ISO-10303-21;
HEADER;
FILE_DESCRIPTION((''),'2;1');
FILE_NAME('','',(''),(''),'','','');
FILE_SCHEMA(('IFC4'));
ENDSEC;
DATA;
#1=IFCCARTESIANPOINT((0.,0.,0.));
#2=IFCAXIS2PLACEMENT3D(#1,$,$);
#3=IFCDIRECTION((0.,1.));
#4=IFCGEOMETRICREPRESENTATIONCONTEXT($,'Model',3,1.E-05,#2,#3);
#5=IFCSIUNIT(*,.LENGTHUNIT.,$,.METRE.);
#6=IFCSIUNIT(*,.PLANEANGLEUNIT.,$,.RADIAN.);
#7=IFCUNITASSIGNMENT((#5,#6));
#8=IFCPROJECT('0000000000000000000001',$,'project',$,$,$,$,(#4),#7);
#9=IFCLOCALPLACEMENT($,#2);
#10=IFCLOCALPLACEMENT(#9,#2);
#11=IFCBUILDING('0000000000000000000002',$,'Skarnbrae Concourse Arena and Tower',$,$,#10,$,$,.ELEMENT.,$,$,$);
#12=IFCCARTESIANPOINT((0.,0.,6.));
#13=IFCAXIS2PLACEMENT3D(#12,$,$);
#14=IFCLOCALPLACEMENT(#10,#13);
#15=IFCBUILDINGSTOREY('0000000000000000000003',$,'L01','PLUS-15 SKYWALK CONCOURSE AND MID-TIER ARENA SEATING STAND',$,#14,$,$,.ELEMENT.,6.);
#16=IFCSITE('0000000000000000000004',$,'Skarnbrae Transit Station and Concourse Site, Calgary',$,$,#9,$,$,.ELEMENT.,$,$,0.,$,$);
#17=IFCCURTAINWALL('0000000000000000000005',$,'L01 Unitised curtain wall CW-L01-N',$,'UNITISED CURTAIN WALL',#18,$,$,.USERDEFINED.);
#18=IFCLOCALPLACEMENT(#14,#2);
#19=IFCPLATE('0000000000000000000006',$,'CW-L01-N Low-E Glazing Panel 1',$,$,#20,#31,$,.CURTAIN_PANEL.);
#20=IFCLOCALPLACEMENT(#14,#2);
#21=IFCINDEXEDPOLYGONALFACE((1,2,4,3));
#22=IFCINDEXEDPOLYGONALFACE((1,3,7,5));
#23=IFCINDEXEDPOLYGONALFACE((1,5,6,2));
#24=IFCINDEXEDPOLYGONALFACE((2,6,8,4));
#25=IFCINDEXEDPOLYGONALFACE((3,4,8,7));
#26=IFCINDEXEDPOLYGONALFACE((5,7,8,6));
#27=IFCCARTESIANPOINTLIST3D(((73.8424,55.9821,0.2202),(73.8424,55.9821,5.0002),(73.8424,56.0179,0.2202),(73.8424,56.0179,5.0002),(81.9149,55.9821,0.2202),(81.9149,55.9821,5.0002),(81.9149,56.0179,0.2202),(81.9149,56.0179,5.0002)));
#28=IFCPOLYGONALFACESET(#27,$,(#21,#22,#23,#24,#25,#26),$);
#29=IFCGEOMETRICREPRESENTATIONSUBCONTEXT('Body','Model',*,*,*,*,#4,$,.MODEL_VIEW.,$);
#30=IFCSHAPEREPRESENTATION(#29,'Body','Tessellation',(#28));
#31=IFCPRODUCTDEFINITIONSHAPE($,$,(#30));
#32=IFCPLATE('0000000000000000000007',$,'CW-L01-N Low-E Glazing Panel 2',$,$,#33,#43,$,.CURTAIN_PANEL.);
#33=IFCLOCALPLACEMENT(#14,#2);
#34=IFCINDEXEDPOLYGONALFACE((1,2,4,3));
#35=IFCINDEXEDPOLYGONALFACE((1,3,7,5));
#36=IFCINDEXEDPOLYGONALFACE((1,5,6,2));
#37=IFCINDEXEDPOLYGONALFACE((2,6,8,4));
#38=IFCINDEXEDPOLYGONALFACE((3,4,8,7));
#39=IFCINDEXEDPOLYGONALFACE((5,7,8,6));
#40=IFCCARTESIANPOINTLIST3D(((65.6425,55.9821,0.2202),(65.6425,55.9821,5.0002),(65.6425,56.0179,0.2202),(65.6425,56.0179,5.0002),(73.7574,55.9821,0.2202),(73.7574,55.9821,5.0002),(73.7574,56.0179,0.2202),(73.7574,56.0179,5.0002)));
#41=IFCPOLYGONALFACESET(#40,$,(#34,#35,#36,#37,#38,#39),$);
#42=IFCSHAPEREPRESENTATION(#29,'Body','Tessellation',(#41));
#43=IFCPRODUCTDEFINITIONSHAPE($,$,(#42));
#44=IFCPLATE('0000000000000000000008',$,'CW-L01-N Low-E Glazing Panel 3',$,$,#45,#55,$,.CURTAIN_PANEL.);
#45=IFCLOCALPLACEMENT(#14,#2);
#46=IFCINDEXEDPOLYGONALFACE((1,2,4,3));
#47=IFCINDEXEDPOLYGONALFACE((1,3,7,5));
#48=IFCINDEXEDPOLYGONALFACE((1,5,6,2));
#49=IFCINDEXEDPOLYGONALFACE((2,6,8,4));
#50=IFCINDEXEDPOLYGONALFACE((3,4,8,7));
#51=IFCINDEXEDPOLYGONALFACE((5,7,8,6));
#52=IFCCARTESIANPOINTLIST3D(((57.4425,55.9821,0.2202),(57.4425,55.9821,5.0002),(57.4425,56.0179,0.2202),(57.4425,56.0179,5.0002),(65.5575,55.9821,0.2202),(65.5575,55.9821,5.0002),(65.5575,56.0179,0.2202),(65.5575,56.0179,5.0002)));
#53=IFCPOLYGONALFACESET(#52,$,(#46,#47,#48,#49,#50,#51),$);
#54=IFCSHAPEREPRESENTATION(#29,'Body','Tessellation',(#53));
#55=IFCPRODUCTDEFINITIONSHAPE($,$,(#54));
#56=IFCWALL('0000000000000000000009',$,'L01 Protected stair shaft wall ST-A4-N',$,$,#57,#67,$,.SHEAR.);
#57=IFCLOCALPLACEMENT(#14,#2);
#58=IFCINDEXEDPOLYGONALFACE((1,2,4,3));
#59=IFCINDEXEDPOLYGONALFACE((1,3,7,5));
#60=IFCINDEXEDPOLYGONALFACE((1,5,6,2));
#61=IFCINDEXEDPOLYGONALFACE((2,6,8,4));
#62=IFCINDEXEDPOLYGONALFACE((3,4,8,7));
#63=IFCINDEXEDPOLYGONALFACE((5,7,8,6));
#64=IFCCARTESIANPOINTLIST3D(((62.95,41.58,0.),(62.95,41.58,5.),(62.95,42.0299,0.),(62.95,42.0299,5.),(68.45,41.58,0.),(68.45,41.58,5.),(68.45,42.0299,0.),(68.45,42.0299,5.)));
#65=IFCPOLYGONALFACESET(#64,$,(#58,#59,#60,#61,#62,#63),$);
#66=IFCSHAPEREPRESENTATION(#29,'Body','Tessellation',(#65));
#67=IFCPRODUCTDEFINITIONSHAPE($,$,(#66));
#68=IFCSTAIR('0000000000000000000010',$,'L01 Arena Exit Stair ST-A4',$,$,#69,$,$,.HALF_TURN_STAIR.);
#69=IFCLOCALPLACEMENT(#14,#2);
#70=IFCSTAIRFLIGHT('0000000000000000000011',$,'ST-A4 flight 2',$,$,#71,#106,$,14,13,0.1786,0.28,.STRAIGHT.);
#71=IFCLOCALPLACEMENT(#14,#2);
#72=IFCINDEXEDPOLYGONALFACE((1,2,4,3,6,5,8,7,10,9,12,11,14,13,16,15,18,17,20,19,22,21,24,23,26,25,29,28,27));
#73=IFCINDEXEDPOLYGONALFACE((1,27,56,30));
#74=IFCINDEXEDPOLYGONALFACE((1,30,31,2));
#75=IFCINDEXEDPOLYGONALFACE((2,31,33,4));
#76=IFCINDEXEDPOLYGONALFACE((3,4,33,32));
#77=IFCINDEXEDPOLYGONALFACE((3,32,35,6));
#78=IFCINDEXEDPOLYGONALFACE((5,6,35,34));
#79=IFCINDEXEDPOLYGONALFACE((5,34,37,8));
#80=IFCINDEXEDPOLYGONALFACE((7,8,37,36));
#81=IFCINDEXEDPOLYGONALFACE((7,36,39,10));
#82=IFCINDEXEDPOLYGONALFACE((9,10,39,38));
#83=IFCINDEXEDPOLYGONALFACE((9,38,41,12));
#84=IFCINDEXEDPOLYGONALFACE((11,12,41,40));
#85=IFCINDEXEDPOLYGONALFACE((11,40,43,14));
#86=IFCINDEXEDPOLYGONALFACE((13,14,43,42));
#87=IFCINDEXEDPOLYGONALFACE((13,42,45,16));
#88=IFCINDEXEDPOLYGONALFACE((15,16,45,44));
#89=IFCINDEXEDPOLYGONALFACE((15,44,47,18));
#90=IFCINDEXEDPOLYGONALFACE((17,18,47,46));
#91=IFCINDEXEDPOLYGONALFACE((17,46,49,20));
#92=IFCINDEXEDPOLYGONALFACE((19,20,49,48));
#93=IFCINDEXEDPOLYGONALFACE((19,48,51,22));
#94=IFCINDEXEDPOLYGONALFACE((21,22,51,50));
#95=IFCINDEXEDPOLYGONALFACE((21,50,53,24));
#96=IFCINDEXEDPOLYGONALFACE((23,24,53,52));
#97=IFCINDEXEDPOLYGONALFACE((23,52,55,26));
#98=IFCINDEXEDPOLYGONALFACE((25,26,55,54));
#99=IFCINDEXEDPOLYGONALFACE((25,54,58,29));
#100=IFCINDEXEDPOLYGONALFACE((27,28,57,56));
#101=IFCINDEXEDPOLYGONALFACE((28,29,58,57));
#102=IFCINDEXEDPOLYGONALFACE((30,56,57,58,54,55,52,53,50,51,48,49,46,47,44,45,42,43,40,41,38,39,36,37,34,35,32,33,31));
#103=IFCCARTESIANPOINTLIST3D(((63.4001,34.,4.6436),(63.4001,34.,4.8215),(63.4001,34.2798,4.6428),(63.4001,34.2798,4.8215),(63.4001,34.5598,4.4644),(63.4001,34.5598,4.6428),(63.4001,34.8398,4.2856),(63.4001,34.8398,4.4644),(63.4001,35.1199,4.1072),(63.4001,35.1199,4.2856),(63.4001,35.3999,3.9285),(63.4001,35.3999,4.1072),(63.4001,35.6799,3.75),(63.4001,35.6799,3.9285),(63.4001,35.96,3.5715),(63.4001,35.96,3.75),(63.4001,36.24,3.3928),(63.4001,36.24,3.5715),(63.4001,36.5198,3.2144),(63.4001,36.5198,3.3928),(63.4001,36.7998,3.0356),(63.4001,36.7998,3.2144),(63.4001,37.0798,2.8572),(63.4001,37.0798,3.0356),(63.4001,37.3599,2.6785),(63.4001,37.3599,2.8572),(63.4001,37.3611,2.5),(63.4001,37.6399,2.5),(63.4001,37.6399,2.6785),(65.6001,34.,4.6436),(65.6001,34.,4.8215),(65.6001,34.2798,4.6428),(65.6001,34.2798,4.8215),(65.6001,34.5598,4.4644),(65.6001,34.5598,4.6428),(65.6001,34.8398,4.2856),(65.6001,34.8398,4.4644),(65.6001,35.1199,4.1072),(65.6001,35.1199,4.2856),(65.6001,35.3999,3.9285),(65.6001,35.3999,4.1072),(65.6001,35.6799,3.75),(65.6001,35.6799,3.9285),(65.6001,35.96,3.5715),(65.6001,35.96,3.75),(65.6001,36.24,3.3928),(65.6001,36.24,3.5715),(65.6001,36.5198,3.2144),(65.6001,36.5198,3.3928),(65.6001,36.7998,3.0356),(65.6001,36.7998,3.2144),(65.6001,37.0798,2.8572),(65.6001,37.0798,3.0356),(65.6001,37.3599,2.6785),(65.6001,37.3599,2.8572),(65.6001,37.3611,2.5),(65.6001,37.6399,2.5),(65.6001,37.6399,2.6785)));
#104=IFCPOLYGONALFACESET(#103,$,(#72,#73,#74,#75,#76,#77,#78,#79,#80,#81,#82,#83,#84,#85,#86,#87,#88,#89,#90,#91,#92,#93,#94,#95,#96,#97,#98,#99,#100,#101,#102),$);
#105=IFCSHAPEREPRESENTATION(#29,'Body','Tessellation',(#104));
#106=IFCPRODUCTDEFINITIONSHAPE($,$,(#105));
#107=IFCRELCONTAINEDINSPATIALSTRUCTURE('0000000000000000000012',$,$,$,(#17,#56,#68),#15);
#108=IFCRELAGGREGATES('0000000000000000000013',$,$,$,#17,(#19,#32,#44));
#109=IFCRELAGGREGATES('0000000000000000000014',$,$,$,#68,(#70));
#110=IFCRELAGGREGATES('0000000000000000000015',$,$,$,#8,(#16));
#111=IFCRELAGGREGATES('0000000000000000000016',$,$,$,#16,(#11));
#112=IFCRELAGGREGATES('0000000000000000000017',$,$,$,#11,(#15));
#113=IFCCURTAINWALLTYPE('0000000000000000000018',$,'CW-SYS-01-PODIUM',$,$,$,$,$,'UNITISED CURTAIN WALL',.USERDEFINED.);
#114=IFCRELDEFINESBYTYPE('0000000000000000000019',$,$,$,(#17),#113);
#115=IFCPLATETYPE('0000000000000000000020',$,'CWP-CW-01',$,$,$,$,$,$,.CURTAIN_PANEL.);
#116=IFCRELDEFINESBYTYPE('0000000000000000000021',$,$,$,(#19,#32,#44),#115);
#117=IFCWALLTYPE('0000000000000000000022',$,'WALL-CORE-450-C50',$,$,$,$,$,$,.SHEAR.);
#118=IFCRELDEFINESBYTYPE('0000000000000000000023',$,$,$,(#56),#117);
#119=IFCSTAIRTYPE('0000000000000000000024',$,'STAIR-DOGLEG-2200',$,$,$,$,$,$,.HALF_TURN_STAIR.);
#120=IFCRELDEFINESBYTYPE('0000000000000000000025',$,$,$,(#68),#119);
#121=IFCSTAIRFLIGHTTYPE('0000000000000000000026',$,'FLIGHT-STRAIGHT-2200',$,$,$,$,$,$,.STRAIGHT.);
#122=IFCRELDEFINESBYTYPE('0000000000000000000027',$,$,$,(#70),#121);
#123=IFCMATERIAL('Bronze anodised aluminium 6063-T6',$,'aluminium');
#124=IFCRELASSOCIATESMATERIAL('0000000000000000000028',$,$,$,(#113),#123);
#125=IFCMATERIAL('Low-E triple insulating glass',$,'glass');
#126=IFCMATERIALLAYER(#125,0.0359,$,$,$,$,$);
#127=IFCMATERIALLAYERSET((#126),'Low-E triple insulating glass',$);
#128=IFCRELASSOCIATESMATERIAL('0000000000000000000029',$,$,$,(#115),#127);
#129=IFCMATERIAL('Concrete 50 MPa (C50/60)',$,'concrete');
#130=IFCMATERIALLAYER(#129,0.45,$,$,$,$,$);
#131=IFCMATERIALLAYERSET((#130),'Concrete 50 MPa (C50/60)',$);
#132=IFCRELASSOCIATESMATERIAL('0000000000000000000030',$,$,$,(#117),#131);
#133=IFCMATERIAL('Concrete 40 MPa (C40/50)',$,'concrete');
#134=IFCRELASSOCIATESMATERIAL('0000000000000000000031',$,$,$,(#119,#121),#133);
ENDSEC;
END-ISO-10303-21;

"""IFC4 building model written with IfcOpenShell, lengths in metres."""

from ifc_helpers import new_model, si_unit, direction, frame, frame_2d, origin, origin_2d, place, context, subcontext, project, spatial, polyline, rectangle, outline, extrude, source, transform, mapped, material, layer, layer_set, type_object, element, aggregate, save


model = new_model("IFC4")

# Units and contexts
model_context = context("Model", 3, precision=1e-05, world=origin(), true_north=direction((0.0, 1.0)))
body_context = subcontext(model_context, "Body", "Model", "MODEL_VIEW")
ifc_project = project(units=[si_unit("LENGTHUNIT", "METRE"), si_unit("PLANEANGLEUNIT", "RADIAN")], contexts=[model_context])

# Site, building, storey
site_placement = place(None, origin())
site = spatial("IfcSite", under=ifc_project, at=site_placement, Name="Skarnbrae Transit Station and Concourse Site, Calgary", CompositionType="ELEMENT", RefElevation=0.0)
building_placement = place(site_placement, origin())
building = spatial("IfcBuilding", under=site, at=building_placement, Name="Skarnbrae Concourse Arena and Tower", CompositionType="ELEMENT")
storey_placement = place(building_placement, frame((0.0, 0.0, 6.0)))
storey = spatial("IfcBuildingStorey", under=building, at=storey_placement, Name="L01", Description="PLUS-15 SKYWALK CONCOURSE AND MID-TIER ARENA SEATING STAND", CompositionType="ELEMENT", Elevation=6.0)

# Curtain wall
ifc_material_1 = material(Name="Bronze anodised aluminium 6063-T6", Category="aluminium")
curtain_wall_type = type_object("IfcCurtainWallType", Name="CW-SYS-01-PODIUM", ElementType="UNITISED CURTAIN WALL", PredefinedType="USERDEFINED", material=ifc_material_1)
curtain_wall_1_placement = place(storey_placement, origin())
curtain_wall_1 = element("IfcCurtainWall", 1, at=curtain_wall_1_placement, inside=storey, type_object=curtain_wall_type, Name="L01 Unitised curtain wall CW-L01-N", ObjectType="UNITISED CURTAIN WALL", PredefinedType="USERDEFINED")

# Plates
ifc_material_2 = material(Name="Low-E triple insulating glass", Category="glass")
ifc_layer_1 = layer(ifc_material_2, 0.0359)
ifc_layer_set_1 = layer_set([ifc_layer_1], Name="Low-E triple insulating glass")
plate_type = type_object("IfcPlateType", Name="CWP-CW-01", PredefinedType="CURTAIN_PANEL", material=ifc_layer_set_1)
shared_shape_1 = source(origin(), body_context, "Body", "SweptSolid", [
    extrude(rectangle(XDim=8.0725, YDim=0.0359, at=origin_2d()), origin(), (0.0, 0.0, 1.0), 4.78),
])
plate_1_placement = place(storey_placement, frame((77.8787, 56.0, 0.2202), z_axis=(0.0, 0.0, 1.0), x_axis=(-1.0, 0.0, 0.0)))
plate_1 = element("IfcPlate", 2, at=plate_1_placement, type_object=plate_type, Name="CW-L01-N Low-E Glazing Panel 1", PredefinedType="CURTAIN_PANEL", context=body_context, shape_type="MappedRepresentation", body=[
    mapped(shared_shape_1, transform((0.0, 0.0, 0.0))),
])
shared_shape_2 = source(origin(), body_context, "Body", "SweptSolid", [
    extrude(rectangle(XDim=8.115, YDim=0.0359, at=origin_2d()), origin(), (0.0, 0.0, 1.0), 4.78),
])
plate_2_placement = place(storey_placement, frame((69.7, 56.0, 0.2202), z_axis=(0.0, 0.0, 1.0), x_axis=(-1.0, 0.0, 0.0)))
plate_2 = element("IfcPlate", 3, at=plate_2_placement, type_object=plate_type, Name="CW-L01-N Low-E Glazing Panel 2", PredefinedType="CURTAIN_PANEL", context=body_context, shape_type="MappedRepresentation", body=[
    mapped(shared_shape_2, transform((0.0, 0.0, 0.0))),
])
plate_3_placement = place(storey_placement, frame((61.5, 56.0, 0.2202), z_axis=(0.0, 0.0, 1.0), x_axis=(-1.0, 0.0, 0.0)))
plate_3 = element("IfcPlate", 4, at=plate_3_placement, type_object=plate_type, Name="CW-L01-N Low-E Glazing Panel 3", PredefinedType="CURTAIN_PANEL", context=body_context, shape_type="MappedRepresentation", body=[
    mapped(shared_shape_2, transform((0.0, 0.0, 0.0))),
])
aggregate(curtain_wall_1, [plate_1, plate_2, plate_3])

# Wall
ifc_material_3 = material(Name="Concrete 50 MPa (C50/60)", Category="concrete")
ifc_layer_2 = layer(ifc_material_3, 0.45)
ifc_layer_set_2 = layer_set([ifc_layer_2], Name="Concrete 50 MPa (C50/60)")
wall_type = type_object("IfcWallType", Name="WALL-CORE-450-C50", PredefinedType="SHEAR", material=ifc_layer_set_2)
shared_shape_3 = source(origin(), body_context, "Body", "SweptSolid", [
    extrude(rectangle(XDim=5.5, YDim=0.45, at=frame_2d((2.75, 0.0))), origin(), (0.0, 0.0, 1.0), 5.0),
])
wall_placement = place(storey_placement, frame((62.95, 41.8049, 0.0), z_axis=(0.0, 0.0, 1.0), x_axis=(1.0, 0.0, 0.0)))
element("IfcWall", 5, at=wall_placement, inside=storey, type_object=wall_type, Name="L01 Protected stair shaft wall ST-A4-N", PredefinedType="SHEAR", context=body_context, shape_type="MappedRepresentation", body=[
    mapped(shared_shape_3, transform((0.0, 0.0, 0.0))),
])

# Stair, stair flight
ifc_material_4 = material(Name="Concrete 40 MPa (C40/50)", Category="concrete")
stair_type = type_object("IfcStairType", Name="STAIR-DOGLEG-2200", PredefinedType="HALF_TURN_STAIR", material=ifc_material_4)
stair_placement = place(storey_placement, origin())
stair = element("IfcStair", 6, at=stair_placement, inside=storey, type_object=stair_type, Name="L01 Arena Exit Stair ST-A4", PredefinedType="HALF_TURN_STAIR")
stair_flight_type = type_object("IfcStairFlightType", Name="FLIGHT-STRAIGHT-2200", PredefinedType="STRAIGHT", material=ifc_material_4)
shared_shape_4 = source(origin(), body_context, "Body", "SweptSolid", [
    extrude(outline(polyline([(0.0, 0.0), (0.0, 0.1785), (0.28, 0.1785), (0.28, 0.3572), (0.5601, 0.3572), (0.5601, 0.5356), (0.8401, 0.5356), (0.8401, 0.7144), (1.1201, 0.7144), (1.1201, 0.8928), (1.3999, 0.8928), (1.3999, 1.0715), (1.6799, 1.0715), (1.6799, 1.25), (1.96, 1.25), (1.96, 1.4285), (2.24, 1.4285), (2.24, 1.6072), (2.52, 1.6072), (2.52, 1.7856), (2.8, 1.7856), (2.8, 1.9644), (3.0801, 1.9644), (3.0801, 2.1428), (3.3601, 2.1428), (3.3601, 2.3215), (3.6399, 2.3215), (3.6399, 2.5), (3.6399, 2.1436), (0.2788, 0.0), (0.0, 0.0)])), frame((0.0, 1.1001, 0.0), z_axis=(0.0, -1.0, 0.0), x_axis=(1.0, 0.0, 0.0)), (0.0, 0.0, 1.0), 2.2),
])
stair_flight_placement = place(storey_placement, frame((64.5, 37.6399, 2.5), z_axis=(0.0, 0.0, 1.0), x_axis=(0.0, -1.0, 0.0)))
stair_flight = element("IfcStairFlight", 7, at=stair_flight_placement, type_object=stair_flight_type, Name="ST-A4 flight 2", NumberOfRisers=14, NumberOfTreads=13, PredefinedType="STRAIGHT", RiserHeight=0.1786, TreadLength=0.28, context=body_context, shape_type="MappedRepresentation", body=[
    mapped(shared_shape_4, transform((0.0, 0.0, 0.0))),
])
aggregate(stair, [stair_flight])

save(model, "model.ifc")
